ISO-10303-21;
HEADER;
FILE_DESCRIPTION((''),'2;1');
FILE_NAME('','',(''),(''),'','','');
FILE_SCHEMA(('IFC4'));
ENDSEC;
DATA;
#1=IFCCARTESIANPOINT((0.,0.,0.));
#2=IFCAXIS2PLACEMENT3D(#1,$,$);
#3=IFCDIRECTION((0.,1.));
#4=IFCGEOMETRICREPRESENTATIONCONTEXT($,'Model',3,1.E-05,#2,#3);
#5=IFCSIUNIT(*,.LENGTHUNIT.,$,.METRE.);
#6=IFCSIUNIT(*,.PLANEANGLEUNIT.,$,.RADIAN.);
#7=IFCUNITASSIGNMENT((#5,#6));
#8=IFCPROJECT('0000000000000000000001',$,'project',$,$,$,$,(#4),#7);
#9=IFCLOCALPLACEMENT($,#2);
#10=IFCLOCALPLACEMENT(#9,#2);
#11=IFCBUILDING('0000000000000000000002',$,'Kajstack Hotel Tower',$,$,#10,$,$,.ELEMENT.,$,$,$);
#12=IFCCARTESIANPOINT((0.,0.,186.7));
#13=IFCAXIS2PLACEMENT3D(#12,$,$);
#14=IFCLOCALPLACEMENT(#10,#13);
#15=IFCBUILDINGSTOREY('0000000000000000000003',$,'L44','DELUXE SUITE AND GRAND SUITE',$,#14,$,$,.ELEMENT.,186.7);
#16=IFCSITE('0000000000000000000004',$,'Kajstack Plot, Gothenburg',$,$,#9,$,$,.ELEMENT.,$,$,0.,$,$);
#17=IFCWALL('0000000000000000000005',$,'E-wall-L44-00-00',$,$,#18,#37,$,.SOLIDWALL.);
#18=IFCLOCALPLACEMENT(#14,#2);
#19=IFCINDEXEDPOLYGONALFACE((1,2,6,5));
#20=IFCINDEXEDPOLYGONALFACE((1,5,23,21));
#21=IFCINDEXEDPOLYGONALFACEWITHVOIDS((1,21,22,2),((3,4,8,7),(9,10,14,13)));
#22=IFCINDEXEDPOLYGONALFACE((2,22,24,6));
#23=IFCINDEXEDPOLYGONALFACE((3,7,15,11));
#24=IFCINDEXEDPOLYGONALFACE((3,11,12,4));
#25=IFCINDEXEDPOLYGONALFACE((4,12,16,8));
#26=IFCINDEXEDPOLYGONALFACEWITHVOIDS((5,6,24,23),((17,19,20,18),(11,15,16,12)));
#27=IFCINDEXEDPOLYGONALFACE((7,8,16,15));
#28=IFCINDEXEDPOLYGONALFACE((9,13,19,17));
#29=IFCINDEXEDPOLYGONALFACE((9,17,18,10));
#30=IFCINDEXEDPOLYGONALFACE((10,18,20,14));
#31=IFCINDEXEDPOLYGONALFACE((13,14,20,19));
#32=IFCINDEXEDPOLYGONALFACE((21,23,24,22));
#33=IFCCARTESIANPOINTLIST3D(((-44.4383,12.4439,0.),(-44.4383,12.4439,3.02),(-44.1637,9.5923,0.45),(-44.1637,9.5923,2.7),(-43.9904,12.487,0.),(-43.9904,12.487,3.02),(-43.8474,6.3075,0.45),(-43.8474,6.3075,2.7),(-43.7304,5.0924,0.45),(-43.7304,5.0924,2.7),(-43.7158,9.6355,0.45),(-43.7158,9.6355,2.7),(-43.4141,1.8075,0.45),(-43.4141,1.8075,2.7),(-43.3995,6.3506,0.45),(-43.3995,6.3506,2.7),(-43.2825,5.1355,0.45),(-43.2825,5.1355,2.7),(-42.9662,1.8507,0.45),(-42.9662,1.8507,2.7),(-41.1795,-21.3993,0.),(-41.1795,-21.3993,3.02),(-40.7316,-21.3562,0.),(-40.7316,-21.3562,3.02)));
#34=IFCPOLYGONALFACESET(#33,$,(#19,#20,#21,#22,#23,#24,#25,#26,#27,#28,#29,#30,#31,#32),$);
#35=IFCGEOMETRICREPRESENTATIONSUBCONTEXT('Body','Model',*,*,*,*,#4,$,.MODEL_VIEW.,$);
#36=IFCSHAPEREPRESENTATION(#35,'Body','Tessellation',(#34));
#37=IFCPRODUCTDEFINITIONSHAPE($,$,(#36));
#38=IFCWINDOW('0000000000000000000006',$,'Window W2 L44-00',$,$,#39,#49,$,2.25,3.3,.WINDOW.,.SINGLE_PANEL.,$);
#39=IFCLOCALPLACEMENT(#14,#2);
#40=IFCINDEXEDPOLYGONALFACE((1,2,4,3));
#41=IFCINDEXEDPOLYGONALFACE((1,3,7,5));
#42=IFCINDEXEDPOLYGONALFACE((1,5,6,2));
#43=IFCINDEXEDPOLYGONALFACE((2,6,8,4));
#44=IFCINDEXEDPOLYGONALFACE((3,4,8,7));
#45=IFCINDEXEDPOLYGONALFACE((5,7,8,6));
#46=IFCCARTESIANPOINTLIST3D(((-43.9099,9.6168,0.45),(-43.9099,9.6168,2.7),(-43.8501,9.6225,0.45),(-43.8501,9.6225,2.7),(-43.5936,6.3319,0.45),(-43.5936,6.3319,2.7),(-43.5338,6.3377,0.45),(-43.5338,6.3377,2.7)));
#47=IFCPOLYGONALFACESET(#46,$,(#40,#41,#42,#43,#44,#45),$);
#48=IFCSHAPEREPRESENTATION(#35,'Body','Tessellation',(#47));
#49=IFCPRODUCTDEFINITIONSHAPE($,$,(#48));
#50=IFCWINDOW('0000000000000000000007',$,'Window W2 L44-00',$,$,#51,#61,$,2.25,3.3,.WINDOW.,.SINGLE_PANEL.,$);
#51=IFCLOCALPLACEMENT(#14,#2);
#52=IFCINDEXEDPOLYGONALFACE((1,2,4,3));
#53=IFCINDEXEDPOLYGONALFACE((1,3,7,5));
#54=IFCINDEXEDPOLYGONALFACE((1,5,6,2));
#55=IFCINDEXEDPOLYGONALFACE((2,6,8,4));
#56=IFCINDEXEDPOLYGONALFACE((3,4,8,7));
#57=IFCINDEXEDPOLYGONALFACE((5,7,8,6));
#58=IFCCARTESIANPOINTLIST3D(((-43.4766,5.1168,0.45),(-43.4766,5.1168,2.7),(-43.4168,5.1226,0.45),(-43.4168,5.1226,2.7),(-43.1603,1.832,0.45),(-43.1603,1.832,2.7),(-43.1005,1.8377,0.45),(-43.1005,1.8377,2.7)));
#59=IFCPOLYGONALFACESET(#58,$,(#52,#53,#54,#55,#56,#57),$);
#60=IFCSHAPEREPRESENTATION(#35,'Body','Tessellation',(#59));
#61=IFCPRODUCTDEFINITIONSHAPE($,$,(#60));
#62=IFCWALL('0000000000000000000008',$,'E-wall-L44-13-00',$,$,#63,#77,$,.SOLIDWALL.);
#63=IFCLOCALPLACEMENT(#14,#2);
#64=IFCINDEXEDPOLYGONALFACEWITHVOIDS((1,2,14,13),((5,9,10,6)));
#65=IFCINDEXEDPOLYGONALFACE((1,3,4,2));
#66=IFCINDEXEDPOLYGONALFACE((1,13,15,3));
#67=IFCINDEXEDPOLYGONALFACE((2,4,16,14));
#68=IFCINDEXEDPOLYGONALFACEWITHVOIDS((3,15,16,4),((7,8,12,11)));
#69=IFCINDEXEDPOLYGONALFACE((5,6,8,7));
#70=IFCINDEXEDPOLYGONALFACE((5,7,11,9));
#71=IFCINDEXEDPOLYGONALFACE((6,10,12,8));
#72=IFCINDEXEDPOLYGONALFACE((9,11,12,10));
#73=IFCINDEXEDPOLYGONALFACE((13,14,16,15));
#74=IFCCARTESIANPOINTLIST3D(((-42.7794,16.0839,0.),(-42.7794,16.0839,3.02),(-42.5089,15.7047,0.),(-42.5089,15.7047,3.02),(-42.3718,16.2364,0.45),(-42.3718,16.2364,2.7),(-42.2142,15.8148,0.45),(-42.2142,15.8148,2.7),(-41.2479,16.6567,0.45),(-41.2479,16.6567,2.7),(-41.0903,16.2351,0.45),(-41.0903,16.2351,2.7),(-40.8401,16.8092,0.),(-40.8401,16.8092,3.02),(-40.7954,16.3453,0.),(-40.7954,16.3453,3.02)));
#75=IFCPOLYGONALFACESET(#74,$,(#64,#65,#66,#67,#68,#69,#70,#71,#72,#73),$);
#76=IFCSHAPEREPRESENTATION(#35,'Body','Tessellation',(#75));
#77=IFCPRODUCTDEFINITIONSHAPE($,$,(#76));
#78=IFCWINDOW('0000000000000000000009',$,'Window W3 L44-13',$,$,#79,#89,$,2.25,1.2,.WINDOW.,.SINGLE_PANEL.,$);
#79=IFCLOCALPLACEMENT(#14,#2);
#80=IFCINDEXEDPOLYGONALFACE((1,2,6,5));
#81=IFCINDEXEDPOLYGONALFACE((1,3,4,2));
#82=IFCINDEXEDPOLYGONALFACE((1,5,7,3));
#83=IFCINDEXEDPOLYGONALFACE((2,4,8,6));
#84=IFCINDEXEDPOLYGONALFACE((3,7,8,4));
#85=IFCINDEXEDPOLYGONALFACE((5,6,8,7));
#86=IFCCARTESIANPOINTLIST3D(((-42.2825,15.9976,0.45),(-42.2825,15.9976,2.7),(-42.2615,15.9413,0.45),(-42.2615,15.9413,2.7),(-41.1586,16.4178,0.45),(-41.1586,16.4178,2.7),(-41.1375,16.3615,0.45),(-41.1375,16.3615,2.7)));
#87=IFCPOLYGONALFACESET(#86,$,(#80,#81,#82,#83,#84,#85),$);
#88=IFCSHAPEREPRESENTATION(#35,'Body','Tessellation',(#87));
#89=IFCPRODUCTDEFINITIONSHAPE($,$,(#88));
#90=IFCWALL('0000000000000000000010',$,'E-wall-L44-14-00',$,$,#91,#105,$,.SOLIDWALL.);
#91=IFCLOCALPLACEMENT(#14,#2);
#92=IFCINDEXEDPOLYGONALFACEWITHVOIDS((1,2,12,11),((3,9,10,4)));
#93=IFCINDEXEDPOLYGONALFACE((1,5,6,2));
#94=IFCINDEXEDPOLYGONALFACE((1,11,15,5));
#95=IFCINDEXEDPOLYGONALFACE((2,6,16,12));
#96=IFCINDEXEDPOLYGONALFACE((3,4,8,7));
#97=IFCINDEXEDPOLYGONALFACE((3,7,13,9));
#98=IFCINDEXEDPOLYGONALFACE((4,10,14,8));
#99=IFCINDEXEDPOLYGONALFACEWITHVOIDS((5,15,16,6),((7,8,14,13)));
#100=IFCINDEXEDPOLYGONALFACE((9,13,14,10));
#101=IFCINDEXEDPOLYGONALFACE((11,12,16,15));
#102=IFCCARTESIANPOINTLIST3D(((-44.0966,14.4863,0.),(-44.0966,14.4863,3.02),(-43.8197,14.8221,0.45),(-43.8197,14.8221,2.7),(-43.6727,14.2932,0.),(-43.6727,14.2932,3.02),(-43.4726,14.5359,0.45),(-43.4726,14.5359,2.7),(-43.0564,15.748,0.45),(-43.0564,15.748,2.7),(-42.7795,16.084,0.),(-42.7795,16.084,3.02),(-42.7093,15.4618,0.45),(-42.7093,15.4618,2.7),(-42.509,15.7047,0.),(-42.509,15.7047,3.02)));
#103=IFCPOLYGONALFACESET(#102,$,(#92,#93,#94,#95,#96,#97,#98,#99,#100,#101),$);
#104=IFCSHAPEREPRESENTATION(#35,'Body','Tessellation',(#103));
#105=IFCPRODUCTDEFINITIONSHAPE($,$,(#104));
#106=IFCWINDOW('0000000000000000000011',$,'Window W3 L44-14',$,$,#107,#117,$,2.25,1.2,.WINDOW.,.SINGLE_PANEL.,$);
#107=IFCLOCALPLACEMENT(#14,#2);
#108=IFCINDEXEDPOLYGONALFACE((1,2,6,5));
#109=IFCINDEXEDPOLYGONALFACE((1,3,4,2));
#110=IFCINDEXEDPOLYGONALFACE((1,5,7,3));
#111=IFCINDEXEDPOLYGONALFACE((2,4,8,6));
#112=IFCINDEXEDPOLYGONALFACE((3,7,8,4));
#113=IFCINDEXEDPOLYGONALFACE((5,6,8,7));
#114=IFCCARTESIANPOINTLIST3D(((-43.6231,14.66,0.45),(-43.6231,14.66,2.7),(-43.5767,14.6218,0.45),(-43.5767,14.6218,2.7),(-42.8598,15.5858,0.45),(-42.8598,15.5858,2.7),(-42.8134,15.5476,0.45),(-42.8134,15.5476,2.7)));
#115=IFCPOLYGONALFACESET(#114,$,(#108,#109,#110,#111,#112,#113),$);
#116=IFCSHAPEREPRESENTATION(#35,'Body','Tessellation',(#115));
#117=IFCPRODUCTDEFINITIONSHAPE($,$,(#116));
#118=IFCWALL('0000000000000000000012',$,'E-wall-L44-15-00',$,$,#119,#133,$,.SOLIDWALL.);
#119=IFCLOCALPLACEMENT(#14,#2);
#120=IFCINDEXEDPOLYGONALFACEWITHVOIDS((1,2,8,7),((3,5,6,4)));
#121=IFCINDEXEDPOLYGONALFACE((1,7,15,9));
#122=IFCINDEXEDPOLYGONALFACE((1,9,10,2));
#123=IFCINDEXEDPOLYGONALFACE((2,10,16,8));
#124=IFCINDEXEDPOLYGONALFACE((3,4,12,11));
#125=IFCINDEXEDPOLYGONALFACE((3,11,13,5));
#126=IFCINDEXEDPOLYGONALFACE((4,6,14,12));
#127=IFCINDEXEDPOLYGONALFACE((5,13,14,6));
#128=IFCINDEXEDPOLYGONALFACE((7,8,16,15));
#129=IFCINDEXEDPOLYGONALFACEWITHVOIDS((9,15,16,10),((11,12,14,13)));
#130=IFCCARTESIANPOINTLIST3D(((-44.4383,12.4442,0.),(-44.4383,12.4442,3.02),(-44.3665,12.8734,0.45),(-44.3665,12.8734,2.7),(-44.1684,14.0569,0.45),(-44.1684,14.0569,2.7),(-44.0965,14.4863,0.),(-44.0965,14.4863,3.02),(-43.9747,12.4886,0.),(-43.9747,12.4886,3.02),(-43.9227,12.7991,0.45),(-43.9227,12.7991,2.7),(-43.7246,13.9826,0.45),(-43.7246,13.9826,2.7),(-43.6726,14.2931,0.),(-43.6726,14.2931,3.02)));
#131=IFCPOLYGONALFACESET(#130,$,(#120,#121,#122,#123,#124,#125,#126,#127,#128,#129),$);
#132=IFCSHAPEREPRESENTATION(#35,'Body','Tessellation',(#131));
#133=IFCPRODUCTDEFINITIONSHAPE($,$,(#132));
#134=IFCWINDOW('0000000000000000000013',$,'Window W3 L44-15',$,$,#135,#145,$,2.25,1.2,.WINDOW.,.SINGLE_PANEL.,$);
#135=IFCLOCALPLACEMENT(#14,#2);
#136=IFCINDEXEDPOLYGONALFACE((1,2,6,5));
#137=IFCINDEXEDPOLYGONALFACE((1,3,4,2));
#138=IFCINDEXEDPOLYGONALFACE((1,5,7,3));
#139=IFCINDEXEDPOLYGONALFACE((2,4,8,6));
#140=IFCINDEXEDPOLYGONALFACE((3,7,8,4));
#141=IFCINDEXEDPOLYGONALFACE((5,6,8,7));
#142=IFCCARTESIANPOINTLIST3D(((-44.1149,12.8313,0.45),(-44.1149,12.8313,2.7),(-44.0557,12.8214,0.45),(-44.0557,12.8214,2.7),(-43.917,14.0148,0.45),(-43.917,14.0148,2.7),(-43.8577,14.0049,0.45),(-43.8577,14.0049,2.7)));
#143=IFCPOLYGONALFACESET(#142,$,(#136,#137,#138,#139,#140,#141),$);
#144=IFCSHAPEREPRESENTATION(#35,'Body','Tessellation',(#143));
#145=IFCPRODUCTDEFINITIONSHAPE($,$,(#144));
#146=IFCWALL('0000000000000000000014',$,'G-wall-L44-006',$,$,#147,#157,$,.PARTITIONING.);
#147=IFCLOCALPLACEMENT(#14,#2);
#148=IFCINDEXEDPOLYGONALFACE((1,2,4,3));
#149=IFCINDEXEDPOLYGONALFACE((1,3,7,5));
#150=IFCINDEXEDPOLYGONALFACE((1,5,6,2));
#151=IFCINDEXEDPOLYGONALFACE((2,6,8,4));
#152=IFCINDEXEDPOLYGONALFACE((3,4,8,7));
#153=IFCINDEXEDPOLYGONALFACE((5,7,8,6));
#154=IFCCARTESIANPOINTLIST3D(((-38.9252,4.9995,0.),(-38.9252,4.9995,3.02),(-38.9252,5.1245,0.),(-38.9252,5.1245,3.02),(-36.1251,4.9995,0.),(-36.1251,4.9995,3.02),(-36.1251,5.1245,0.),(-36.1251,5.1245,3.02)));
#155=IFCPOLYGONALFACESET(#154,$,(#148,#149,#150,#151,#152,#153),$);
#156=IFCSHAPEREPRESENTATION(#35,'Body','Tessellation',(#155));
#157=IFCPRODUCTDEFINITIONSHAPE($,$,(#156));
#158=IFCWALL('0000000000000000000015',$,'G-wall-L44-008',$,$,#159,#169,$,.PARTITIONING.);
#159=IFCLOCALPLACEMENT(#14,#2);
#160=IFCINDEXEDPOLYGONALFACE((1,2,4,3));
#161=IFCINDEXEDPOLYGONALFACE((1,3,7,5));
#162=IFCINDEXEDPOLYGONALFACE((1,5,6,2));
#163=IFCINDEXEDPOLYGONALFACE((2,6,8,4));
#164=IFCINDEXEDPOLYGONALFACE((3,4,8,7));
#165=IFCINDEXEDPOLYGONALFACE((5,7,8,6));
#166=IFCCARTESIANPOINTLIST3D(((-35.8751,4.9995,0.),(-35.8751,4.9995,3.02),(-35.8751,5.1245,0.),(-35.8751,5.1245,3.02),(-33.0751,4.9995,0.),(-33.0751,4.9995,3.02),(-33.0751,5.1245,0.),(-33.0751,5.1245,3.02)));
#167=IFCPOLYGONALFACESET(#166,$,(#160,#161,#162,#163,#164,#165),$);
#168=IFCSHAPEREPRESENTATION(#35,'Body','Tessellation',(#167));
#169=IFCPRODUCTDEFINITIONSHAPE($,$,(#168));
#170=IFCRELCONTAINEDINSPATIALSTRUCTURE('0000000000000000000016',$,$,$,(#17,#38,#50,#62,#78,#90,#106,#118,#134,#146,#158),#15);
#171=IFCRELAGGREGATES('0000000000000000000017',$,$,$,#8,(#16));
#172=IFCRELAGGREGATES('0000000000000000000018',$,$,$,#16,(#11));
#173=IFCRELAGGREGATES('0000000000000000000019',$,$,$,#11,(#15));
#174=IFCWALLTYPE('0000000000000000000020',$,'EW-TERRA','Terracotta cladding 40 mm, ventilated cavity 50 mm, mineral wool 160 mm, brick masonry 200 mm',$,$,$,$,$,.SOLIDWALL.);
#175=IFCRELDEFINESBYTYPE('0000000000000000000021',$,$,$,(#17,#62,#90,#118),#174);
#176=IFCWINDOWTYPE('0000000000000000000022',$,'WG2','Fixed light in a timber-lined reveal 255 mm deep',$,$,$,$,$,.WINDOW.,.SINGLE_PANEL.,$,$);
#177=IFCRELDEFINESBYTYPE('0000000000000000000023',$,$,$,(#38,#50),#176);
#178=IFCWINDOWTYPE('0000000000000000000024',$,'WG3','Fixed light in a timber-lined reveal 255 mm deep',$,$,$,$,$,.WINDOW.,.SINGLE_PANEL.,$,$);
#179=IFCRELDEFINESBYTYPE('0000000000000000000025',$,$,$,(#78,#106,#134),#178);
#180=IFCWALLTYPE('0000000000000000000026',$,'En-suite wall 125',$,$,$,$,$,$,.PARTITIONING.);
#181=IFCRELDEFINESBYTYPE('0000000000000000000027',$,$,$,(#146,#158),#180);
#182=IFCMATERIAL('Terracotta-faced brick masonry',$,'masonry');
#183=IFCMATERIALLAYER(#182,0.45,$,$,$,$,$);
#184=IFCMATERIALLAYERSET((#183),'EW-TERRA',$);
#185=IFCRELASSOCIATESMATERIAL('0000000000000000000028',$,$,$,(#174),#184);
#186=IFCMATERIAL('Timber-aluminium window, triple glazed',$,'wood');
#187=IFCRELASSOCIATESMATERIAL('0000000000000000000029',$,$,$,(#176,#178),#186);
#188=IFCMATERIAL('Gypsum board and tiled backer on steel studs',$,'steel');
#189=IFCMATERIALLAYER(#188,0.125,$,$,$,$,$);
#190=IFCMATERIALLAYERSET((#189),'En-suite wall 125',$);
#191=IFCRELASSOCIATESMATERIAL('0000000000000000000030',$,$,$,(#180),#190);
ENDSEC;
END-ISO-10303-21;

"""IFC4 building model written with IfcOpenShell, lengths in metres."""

from ifc_helpers import new_model, si_unit, direction, frame, frame_2d, origin, place, context, subcontext, project, spatial, polyline, rectangle, outline, extrude, material, layer, layer_set, type_object, element, fill, save


model = new_model("IFC4")

# Units and contexts
model_context = context("Model", 3, precision=1e-05, world=origin(), true_north=direction((0.0, 1.0)))
body_context = subcontext(model_context, "Body", "Model", "MODEL_VIEW")
ifc_project = project(units=[si_unit("LENGTHUNIT", "METRE"), si_unit("PLANEANGLEUNIT", "RADIAN")], contexts=[model_context])

# Site, building, storey
site_placement = place(None, origin())
site = spatial("IfcSite", under=ifc_project, at=site_placement, Name="Kajstack Plot, Gothenburg", CompositionType="ELEMENT", RefElevation=0.0)
building_placement = place(site_placement, origin())
building = spatial("IfcBuilding", under=site, at=building_placement, Name="Kajstack Hotel Tower", CompositionType="ELEMENT")
storey_placement = place(building_placement, frame((0.0, 0.0, 186.7)))
storey = spatial("IfcBuildingStorey", under=building, at=storey_placement, Name="L44", Description="DELUXE SUITE AND GRAND SUITE", CompositionType="ELEMENT", Elevation=186.7)

# Wall, openings, windows
ifc_material_1 = material(Name="Terracotta-faced brick masonry", Category="masonry")
ifc_layer_1 = layer(ifc_material_1, 0.45)
ifc_layer_set_1 = layer_set([ifc_layer_1], Name="EW-TERRA")
wall_type_1 = type_object("IfcWallType", Name="EW-TERRA", Description="Terracotta cladding 40 mm, ventilated cavity 50 mm, mineral wool 160 mm, brick masonry 200 mm", PredefinedType="SOLIDWALL", material=ifc_layer_set_1)
wall_1_placement = place(storey_placement, frame((-44.2144, 12.4656, 0.0), z_axis=(0.0, 0.0, 1.0), x_axis=(0.095847, -0.995396, 0.0)))
wall_1 = element("IfcWall", 1, at=wall_1_placement, inside=storey, type_object=wall_type_1, Name="E-wall-L44-00-00", PredefinedType="SOLIDWALL", context=body_context, shape_type="SweptSolid", body=[
    extrude(rectangle(XDim=33.9998, YDim=0.45, at=frame_2d((17.0, 0.0))), origin(), (0.0, 0.0, 1.0), 3.02),
])
opening_1_placement = place(wall_1_placement, frame((2.865, 0.0, 0.45)))
opening_1 = element("IfcOpeningElement", 2, at=opening_1_placement, cuts=wall_1, PredefinedType="OPENING", context=body_context, shape_type="SweptSolid", body=[
    extrude(rectangle(XDim=3.3, YDim=2.25, at=frame_2d((1.6499, 1.125))), frame((0.0, 0.2349, 0.0), z_axis=(0.0, -1.0, 0.0), x_axis=(1.0, 0.0, 0.0)), (0.0, 0.0, 1.0), 0.47),
])
opening_2_placement = place(wall_1_placement, frame((7.3857, 0.0, 0.45)))
opening_2 = element("IfcOpeningElement", 3, at=opening_2_placement, cuts=wall_1, PredefinedType="OPENING", context=body_context, shape_type="SweptSolid", body=[
    extrude(rectangle(XDim=3.3, YDim=2.25, at=frame_2d((1.6499, 1.125))), frame((0.0, 0.2349, 0.0), z_axis=(0.0, -1.0, 0.0), x_axis=(1.0, 0.0, 0.0)), (0.0, 0.0, 1.0), 0.47),
])
ifc_material_2 = material(Name="Timber-aluminium window, triple glazed", Category="wood")
window_type_1 = type_object("IfcWindowType", Name="WG2", Description="Fixed light in a timber-lined reveal 255 mm deep", PartitioningType="SINGLE_PANEL", PredefinedType="WINDOW", material=ifc_material_2)
window_1_placement = place(opening_1_placement, origin())
window_1 = element("IfcWindow", 4, at=window_1_placement, inside=storey, type_object=window_type_1, Name="Window W2 L44-00", OverallHeight=2.25, OverallWidth=3.3, PartitioningType="SINGLE_PANEL", PredefinedType="WINDOW", context=body_context, shape_type="SweptSolid", body=[
    extrude(rectangle(XDim=3.3, YDim=2.25, at=frame_2d((1.6499, 1.125))), frame((0.0, 0.0901, 0.0), z_axis=(0.0, -1.0, 0.0), x_axis=(1.0, 0.0, 0.0)), (0.0, 0.0, 1.0), 0.0601),
])
fill(opening_1, window_1)
window_2_placement = place(opening_2_placement, origin())
window_2 = element("IfcWindow", 5, at=window_2_placement, inside=storey, type_object=window_type_1, Name="Window W2 L44-00", OverallHeight=2.25, OverallWidth=3.3, PartitioningType="SINGLE_PANEL", PredefinedType="WINDOW", context=body_context, shape_type="SweptSolid", body=[
    extrude(rectangle(XDim=3.3, YDim=2.25, at=frame_2d((1.6499, 1.125))), frame((0.0, 0.0901, 0.0), z_axis=(0.0, -1.0, 0.0), x_axis=(1.0, 0.0, 0.0)), (0.0, 0.0, 1.0), 0.0601),
])
fill(opening_2, window_2)

# Walls, openings, windows
wall_2_placement = place(storey_placement, frame((-40.7612, 16.5984, 0.0), z_axis=(0.0, 0.0, 1.0), x_axis=(-0.936678, -0.350193, 0.0)))
wall_2 = element("IfcWall", 6, at=wall_2_placement, inside=storey, type_object=wall_type_1, Name="E-wall-L44-13-00", PredefinedType="SOLIDWALL", context=body_context, shape_type="SweptSolid", body=[
    extrude(outline(polyline([(0.0, -0.2251), (2.0706, -0.2249), (1.95, 0.2251), (0.1206, 0.2251), (0.0, -0.2251)])), origin(), (0.0, 0.0, 1.0), 3.02),
])
opening_3_placement = place(wall_2_placement, frame((0.4353, 0.0, 0.45)))
opening_3 = element("IfcOpeningElement", 7, at=opening_3_placement, cuts=wall_2, PredefinedType="OPENING", context=body_context, shape_type="SweptSolid", body=[
    extrude(rectangle(XDim=1.2, YDim=2.25, at=frame_2d((0.6001, 1.125))), frame((0.0, 0.2349, 0.0), z_axis=(0.0, -1.0, 0.0), x_axis=(1.0, 0.0, 0.0)), (0.0, 0.0, 1.0), 0.47),
])
window_type_2 = type_object("IfcWindowType", Name="WG3", Description="Fixed light in a timber-lined reveal 255 mm deep", PartitioningType="SINGLE_PANEL", PredefinedType="WINDOW", material=ifc_material_2)
window_3_placement = place(opening_3_placement, origin())
window_3 = element("IfcWindow", 8, at=window_3_placement, inside=storey, type_object=window_type_2, Name="Window W3 L44-13", OverallHeight=2.25, OverallWidth=1.2, PartitioningType="SINGLE_PANEL", PredefinedType="WINDOW", context=body_context, shape_type="SweptSolid", body=[
    extrude(rectangle(XDim=1.2, YDim=2.25, at=frame_2d((0.6001, 1.125))), frame((0.0, 0.0901, 0.0), z_axis=(0.0, -1.0, 0.0), x_axis=(1.0, 0.0, 0.0)), (0.0, 0.0, 1.0), 0.0601),
])
fill(opening_3, window_3)
wall_3_placement = place(storey_placement, frame((-42.606, 15.9409, 0.0), z_axis=(0.0, 0.0, 1.0), x_axis=(-0.636116, -0.771593, 0.0)))
wall_3 = element("IfcWall", 9, at=wall_3_placement, inside=storey, type_object=wall_type_1, Name="E-wall-L44-14-00", PredefinedType="SOLIDWALL", context=body_context, shape_type="SweptSolid", body=[
    extrude(outline(polyline([(0.0, -0.2249), (2.0706, -0.2249), (1.95, 0.2251), (0.1206, 0.2251), (0.0, -0.2249)])), origin(), (0.0, 0.0, 1.0), 3.02),
])
opening_4_placement = place(wall_3_placement, frame((0.4353, 0.0, 0.45)))
opening_4 = element("IfcOpeningElement", 10, at=opening_4_placement, cuts=wall_3, PredefinedType="OPENING", context=body_context, shape_type="SweptSolid", body=[
    extrude(rectangle(XDim=1.2, YDim=2.25, at=frame_2d((0.6001, 1.125))), frame((0.0, 0.2349, 0.0), z_axis=(0.0, -1.0, 0.0), x_axis=(1.0, 0.0, 0.0)), (0.0, 0.0, 1.0), 0.47),
])
window_4_placement = place(opening_4_placement, origin())
window_4 = element("IfcWindow", 11, at=window_4_placement, inside=storey, type_object=window_type_2, Name="Window W3 L44-14", OverallHeight=2.25, OverallWidth=1.2, PartitioningType="SINGLE_PANEL", PredefinedType="WINDOW", context=body_context, shape_type="SweptSolid", body=[
    extrude(rectangle(XDim=1.2, YDim=2.25, at=frame_2d((0.6001, 1.125))), frame((0.0, 0.0901, 0.0), z_axis=(0.0, -1.0, 0.0), x_axis=(1.0, 0.0, 0.0)), (0.0, 0.0, 1.0), 0.0601),
])
fill(opening_4, window_4)
wall_4_placement = place(storey_placement, frame((-43.8748, 14.4492, 0.0), z_axis=(0.0, 0.0, 1.0), x_axis=(-0.164953, -0.986301, 0.0)))
wall_4 = element("IfcWall", 12, at=wall_4_placement, inside=storey, type_object=wall_type_1, Name="E-wall-L44-15-00", PredefinedType="SOLIDWALL", context=body_context, shape_type="SweptSolid", body=[
    extrude(outline(polyline([(0.0, -0.2249), (2.0706, -0.2251), (1.9502, 0.2249), (0.1206, 0.2251), (0.0, -0.2249)])), origin(), (0.0, 0.0, 1.0), 3.02),
])
opening_5_placement = place(wall_4_placement, frame((0.4353, 0.0, 0.45)))
opening_5 = element("IfcOpeningElement", 13, at=opening_5_placement, cuts=wall_4, PredefinedType="OPENING", context=body_context, shape_type="SweptSolid", body=[
    extrude(rectangle(XDim=1.2, YDim=2.25, at=frame_2d((0.6001, 1.125))), frame((0.0, 0.2349, 0.0), z_axis=(0.0, -1.0, 0.0), x_axis=(1.0, 0.0, 0.0)), (0.0, 0.0, 1.0), 0.47),
])
window_5_placement = place(opening_5_placement, origin())
window_5 = element("IfcWindow", 14, at=window_5_placement, inside=storey, type_object=window_type_2, Name="Window W3 L44-15", OverallHeight=2.25, OverallWidth=1.2, PartitioningType="SINGLE_PANEL", PredefinedType="WINDOW", context=body_context, shape_type="SweptSolid", body=[
    extrude(rectangle(XDim=1.2, YDim=2.25, at=frame_2d((0.6001, 1.125))), frame((0.0, 0.0901, 0.0), z_axis=(0.0, -1.0, 0.0), x_axis=(1.0, 0.0, 0.0)), (0.0, 0.0, 1.0), 0.0601),
])
fill(opening_5, window_5)

# Walls
ifc_material_3 = material(Name="Gypsum board and tiled backer on steel studs", Category="steel")
ifc_layer_2 = layer(ifc_material_3, 0.125)
ifc_layer_set_2 = layer_set([ifc_layer_2], Name="En-suite wall 125")
wall_type_2 = type_object("IfcWallType", Name="En-suite wall 125", PredefinedType="PARTITIONING", material=ifc_layer_set_2)
for number, where, z_axis, x_axis, name in (
    (15, (-38.925, 5.062, 0.0), (0.0, 0.0, 1.0), (1.0, 0.0, 0.0), "G-wall-L44-006"),
    (16, (-35.875, 5.062, 0.0), (0.0, 0.0, 1.0), (1.0, 0.0, 0.0), "G-wall-L44-008"),
):
    element("IfcWall", number, at=place(storey_placement, frame(where, z_axis=z_axis, x_axis=x_axis)), inside=storey, type_object=wall_type_2, Name=name, PredefinedType="PARTITIONING", context=body_context, shape_type="SweptSolid", body=[
        extrude(rectangle(XDim=2.8, YDim=0.125, at=frame_2d((1.3999, 0.0))), origin(), (0.0, 0.0, 1.0), 3.02),
    ])

save(model, "model.ifc")
